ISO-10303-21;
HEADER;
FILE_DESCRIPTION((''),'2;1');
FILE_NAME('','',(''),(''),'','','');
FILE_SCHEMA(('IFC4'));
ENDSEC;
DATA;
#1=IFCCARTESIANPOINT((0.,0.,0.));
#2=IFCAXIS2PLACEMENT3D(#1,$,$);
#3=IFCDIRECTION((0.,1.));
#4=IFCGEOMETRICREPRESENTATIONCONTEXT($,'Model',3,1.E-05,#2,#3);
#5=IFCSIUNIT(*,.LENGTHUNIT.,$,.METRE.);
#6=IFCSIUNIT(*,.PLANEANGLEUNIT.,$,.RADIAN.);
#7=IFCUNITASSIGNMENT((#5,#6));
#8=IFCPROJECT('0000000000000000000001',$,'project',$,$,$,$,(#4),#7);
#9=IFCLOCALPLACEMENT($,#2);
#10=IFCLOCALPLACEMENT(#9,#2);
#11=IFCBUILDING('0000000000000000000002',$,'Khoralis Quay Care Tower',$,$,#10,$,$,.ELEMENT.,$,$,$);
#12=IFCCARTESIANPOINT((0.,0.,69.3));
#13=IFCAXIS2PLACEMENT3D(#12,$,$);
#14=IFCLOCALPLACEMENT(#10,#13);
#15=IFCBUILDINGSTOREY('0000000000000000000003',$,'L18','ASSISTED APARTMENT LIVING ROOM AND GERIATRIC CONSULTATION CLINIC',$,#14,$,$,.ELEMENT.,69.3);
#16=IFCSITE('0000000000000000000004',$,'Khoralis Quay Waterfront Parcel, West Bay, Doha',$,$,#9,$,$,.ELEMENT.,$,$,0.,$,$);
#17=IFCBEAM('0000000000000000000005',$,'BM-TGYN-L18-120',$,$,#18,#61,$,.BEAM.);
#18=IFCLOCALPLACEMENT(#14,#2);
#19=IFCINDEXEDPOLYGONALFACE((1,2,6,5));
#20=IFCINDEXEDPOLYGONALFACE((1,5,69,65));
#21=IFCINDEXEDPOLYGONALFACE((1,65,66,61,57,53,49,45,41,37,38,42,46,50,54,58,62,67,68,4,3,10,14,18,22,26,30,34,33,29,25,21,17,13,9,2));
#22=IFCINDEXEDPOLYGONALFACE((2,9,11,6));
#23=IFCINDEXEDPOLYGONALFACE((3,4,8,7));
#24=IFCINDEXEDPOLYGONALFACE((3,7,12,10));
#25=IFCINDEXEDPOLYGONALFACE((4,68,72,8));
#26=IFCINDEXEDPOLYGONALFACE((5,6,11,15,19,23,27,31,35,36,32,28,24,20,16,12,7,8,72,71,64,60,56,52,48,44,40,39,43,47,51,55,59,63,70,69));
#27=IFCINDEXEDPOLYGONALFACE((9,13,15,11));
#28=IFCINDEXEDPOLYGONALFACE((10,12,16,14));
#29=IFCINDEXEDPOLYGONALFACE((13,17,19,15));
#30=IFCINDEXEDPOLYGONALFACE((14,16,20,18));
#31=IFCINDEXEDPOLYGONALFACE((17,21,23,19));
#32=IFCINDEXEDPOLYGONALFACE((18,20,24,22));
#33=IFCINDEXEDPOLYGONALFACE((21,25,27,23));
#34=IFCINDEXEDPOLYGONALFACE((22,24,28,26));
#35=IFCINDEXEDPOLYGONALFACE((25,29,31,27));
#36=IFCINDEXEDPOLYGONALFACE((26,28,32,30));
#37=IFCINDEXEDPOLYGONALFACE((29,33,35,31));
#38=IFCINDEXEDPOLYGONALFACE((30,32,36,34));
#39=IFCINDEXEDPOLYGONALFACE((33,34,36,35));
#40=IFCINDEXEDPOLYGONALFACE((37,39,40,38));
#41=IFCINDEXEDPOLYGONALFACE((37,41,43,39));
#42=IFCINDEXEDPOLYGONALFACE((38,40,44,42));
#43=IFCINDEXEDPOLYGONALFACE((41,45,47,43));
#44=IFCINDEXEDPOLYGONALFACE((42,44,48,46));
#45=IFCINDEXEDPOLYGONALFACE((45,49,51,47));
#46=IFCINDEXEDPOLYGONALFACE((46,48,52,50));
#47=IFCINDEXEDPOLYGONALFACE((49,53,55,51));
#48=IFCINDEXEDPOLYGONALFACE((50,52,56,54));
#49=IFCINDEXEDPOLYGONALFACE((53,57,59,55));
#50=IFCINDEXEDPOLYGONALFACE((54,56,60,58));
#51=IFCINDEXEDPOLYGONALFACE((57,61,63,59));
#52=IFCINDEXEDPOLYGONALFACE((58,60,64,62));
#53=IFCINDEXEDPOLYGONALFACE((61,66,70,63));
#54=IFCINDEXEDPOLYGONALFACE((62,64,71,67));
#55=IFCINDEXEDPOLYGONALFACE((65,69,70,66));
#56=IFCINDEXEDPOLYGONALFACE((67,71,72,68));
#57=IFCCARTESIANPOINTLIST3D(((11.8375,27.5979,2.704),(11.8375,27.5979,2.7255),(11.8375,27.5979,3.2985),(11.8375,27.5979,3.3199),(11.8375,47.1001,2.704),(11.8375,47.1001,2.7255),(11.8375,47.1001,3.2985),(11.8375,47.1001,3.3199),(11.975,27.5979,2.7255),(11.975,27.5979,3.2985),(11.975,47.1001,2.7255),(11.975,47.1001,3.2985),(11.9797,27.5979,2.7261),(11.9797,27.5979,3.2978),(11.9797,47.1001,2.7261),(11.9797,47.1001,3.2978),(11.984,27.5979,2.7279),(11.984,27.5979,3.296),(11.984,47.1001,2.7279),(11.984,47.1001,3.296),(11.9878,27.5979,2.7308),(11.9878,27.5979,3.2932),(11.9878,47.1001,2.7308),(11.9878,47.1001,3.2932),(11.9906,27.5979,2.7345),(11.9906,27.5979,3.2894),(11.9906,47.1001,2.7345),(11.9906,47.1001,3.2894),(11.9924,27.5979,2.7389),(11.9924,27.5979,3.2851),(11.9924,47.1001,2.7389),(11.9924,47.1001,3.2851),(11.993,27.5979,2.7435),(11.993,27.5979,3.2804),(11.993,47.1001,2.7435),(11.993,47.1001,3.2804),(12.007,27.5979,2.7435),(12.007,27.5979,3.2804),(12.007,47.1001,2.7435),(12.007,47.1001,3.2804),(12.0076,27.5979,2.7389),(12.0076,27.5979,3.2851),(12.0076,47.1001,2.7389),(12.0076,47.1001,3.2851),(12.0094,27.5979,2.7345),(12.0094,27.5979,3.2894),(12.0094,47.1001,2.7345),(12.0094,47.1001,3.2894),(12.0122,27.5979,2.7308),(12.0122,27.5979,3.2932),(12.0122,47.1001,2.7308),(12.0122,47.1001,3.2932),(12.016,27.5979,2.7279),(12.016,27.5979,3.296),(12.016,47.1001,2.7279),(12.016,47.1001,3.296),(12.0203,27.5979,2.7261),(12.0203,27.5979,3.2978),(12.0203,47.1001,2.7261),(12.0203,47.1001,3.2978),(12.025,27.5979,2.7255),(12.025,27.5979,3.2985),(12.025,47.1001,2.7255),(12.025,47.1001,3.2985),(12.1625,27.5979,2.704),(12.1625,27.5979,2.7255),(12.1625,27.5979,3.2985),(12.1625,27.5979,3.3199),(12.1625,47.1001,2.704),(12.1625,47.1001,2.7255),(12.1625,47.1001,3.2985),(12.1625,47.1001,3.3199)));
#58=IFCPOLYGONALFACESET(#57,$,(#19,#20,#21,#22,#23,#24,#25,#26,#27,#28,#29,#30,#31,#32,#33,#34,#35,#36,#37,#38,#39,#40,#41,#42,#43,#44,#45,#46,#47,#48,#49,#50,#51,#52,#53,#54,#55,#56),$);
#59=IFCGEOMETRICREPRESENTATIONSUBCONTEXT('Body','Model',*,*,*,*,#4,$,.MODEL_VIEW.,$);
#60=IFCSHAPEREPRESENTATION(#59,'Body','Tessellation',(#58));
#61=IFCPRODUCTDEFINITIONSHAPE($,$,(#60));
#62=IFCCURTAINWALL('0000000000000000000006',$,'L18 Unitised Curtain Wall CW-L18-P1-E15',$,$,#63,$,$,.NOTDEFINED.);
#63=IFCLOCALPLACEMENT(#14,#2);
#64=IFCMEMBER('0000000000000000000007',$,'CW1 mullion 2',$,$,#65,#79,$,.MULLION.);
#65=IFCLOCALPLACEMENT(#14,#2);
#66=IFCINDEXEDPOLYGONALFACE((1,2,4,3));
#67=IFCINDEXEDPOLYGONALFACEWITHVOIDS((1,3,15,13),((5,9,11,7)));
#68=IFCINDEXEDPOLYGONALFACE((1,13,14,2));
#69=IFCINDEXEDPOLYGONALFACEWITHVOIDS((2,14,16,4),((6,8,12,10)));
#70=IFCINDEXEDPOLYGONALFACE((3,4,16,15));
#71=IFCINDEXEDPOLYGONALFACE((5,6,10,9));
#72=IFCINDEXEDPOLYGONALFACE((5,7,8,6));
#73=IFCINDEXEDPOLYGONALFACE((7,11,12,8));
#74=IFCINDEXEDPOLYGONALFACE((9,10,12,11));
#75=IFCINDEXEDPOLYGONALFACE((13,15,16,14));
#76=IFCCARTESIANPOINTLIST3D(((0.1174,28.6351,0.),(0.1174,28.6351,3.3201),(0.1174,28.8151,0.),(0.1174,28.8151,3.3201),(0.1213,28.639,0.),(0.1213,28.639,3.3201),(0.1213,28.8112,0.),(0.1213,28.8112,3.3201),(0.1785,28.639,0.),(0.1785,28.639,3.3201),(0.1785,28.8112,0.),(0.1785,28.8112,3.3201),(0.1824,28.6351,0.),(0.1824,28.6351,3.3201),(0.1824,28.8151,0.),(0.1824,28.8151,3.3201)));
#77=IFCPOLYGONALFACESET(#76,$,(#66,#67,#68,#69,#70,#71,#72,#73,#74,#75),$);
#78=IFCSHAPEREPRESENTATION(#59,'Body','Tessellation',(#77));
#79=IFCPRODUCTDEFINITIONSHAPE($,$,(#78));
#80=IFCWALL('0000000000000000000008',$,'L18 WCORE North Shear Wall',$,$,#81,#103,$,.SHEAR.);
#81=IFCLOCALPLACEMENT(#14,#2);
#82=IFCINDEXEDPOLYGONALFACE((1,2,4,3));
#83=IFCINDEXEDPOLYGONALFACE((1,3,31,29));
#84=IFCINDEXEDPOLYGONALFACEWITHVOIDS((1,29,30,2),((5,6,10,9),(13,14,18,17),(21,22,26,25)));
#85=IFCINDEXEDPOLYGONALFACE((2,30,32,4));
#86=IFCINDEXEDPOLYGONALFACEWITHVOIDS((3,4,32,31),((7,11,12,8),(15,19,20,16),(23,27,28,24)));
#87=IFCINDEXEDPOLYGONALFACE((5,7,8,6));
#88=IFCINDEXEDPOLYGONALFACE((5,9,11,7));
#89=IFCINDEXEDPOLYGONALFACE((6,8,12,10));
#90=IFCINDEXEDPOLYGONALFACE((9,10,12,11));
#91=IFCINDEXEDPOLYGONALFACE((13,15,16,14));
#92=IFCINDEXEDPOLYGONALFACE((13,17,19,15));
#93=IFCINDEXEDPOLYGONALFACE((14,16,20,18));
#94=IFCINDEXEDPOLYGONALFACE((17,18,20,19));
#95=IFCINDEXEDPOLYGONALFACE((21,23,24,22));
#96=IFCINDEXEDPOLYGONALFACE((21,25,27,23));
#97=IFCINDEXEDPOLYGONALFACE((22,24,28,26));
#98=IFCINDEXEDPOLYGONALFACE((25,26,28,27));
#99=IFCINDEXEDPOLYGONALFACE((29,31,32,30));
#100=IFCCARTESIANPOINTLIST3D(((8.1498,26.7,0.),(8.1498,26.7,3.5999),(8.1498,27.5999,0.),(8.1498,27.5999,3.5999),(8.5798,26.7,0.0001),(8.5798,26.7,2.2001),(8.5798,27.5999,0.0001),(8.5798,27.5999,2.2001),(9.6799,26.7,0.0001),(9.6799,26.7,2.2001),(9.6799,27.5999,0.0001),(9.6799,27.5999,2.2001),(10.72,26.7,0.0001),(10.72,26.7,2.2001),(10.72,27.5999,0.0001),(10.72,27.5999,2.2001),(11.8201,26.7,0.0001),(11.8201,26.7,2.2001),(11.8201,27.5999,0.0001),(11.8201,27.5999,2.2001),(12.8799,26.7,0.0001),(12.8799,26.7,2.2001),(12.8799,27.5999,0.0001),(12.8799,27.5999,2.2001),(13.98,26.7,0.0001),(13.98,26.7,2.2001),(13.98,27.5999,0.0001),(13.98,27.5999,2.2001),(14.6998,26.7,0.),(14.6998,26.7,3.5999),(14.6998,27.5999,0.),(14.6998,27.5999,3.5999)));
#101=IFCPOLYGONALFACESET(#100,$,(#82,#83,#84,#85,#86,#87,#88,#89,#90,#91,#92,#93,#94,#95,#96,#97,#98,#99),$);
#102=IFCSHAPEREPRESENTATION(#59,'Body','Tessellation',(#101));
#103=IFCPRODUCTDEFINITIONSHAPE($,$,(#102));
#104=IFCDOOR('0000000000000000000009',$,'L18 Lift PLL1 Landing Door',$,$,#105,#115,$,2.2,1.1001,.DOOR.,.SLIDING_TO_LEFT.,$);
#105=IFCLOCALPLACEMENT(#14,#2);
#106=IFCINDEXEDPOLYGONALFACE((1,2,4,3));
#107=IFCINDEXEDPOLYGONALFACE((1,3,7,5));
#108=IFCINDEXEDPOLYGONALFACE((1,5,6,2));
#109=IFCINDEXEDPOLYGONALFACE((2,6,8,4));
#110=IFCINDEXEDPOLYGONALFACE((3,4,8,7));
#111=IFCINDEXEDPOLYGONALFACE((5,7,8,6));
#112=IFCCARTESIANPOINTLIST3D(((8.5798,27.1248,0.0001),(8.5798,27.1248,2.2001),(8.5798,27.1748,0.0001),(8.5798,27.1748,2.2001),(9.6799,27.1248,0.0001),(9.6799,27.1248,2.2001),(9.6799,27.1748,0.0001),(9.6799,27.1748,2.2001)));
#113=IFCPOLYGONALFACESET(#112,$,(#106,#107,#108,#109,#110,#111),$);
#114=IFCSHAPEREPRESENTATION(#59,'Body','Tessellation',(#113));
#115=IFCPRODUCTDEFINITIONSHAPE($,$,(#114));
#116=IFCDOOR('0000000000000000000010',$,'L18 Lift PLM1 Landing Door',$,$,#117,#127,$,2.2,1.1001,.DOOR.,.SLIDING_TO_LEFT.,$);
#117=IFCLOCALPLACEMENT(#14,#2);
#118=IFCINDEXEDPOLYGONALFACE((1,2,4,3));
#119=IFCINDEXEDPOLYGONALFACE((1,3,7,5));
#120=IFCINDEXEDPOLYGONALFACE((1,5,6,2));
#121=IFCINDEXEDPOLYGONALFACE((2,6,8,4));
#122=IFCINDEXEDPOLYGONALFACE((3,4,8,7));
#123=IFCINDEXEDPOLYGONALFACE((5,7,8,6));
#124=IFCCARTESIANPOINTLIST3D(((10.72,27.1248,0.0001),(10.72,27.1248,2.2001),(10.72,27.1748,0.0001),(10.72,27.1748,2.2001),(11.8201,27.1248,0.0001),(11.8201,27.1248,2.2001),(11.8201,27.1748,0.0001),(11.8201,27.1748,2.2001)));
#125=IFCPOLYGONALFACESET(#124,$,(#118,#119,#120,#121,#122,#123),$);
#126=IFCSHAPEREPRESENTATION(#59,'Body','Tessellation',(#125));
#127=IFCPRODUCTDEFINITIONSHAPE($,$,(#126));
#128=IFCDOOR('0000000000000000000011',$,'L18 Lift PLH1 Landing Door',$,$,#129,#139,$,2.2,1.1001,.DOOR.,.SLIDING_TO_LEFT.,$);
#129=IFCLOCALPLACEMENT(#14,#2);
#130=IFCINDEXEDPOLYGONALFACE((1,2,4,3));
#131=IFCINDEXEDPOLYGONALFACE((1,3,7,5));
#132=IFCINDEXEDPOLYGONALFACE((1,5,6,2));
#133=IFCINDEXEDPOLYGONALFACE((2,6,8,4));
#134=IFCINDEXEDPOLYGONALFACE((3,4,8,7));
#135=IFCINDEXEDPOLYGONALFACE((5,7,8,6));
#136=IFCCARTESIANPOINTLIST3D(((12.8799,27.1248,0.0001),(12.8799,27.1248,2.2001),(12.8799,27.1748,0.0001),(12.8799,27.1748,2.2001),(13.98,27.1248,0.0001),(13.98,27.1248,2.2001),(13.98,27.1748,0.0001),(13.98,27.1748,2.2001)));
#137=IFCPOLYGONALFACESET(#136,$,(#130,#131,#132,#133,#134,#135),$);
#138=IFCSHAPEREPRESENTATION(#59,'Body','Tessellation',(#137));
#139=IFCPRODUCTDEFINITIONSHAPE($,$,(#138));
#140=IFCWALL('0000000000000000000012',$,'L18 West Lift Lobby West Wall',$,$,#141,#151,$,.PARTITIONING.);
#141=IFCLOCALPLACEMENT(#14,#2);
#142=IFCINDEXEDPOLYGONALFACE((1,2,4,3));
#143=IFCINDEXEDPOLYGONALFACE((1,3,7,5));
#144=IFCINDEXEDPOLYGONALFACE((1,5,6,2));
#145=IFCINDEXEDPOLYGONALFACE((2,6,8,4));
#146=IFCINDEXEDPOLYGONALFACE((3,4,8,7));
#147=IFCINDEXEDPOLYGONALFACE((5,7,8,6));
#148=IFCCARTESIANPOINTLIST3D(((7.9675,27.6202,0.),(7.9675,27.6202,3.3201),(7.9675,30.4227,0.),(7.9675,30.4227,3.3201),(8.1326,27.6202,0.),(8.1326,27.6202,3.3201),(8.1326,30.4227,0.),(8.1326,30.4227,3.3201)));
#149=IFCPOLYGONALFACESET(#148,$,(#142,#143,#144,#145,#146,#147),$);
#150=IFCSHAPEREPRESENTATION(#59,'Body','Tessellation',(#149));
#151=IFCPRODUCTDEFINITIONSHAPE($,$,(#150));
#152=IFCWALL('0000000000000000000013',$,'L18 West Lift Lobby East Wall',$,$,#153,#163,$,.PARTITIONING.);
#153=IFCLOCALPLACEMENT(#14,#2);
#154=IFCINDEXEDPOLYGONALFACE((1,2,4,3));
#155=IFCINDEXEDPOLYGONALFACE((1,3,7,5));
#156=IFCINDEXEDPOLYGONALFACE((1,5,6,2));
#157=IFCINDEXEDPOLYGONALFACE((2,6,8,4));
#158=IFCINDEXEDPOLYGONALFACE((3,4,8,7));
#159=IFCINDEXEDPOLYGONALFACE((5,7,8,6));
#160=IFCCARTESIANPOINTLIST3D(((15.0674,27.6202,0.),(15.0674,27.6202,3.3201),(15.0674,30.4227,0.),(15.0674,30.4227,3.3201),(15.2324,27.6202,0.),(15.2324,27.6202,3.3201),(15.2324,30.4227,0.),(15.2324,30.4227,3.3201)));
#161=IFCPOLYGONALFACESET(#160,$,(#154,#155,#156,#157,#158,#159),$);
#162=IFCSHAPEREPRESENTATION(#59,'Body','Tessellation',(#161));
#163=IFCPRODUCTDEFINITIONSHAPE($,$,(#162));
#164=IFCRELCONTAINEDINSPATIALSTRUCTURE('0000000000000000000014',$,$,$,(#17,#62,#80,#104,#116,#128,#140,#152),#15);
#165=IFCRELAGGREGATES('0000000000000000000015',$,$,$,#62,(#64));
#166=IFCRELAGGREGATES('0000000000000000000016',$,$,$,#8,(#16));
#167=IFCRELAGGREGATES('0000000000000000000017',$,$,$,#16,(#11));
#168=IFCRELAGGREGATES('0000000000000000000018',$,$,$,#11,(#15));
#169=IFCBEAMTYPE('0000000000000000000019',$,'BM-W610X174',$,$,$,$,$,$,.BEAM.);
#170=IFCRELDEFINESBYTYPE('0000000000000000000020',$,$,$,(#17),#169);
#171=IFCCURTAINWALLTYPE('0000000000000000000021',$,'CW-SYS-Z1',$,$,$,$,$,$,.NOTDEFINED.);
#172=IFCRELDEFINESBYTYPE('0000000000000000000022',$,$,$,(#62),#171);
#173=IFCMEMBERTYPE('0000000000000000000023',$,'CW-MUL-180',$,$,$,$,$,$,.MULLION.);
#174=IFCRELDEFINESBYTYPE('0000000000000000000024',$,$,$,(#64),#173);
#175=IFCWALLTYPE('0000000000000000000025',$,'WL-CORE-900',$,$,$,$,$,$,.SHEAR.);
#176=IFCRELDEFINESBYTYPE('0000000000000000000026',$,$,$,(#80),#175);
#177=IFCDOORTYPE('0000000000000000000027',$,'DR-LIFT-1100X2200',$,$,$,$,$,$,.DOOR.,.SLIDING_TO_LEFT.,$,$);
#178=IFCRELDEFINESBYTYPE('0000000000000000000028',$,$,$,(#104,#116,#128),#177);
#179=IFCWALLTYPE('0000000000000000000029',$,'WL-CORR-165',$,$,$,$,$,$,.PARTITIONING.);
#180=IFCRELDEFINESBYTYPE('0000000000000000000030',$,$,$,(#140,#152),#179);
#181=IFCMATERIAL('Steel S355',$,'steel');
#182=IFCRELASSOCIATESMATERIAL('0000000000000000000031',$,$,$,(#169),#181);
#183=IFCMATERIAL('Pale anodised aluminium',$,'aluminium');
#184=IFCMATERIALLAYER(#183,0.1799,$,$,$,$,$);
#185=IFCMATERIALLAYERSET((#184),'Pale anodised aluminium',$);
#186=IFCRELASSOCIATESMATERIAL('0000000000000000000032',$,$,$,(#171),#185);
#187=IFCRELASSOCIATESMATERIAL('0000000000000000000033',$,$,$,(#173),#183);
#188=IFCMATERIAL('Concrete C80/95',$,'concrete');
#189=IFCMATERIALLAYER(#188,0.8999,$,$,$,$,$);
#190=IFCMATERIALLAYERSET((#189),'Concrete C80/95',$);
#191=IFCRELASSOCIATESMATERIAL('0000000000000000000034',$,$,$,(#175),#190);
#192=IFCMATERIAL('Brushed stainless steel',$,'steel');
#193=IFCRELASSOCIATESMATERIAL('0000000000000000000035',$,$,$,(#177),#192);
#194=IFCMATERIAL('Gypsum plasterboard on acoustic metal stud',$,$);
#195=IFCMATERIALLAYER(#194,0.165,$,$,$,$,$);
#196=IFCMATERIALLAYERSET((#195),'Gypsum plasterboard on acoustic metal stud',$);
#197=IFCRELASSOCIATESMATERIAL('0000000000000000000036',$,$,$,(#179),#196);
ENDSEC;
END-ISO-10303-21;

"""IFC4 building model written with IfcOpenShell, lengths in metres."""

from ifc_helpers import new_model, si_unit, direction, frame, frame_2d, origin, origin_2d, place, context, subcontext, project, spatial, rectangle, hollow_rectangle, i_section, extrude, source, transform, mapped, material, layer, layer_set, material_profile, profile_set, type_object, element, fill, aggregate, save


model = new_model("IFC4")

# Units and contexts
model_context = context("Model", 3, precision=1e-05, world=origin(), true_north=direction((0.0, 1.0)))
body_context = subcontext(model_context, "Body", "Model", "MODEL_VIEW")
ifc_project = project(units=[si_unit("LENGTHUNIT", "METRE"), si_unit("PLANEANGLEUNIT", "RADIAN")], contexts=[model_context])

# Site, building, storey
site_placement = place(None, origin())
site = spatial("IfcSite", under=ifc_project, at=site_placement, Name="Khoralis Quay Waterfront Parcel, West Bay, Doha", CompositionType="ELEMENT", RefElevation=0.0)
building_placement = place(site_placement, origin())
building = spatial("IfcBuilding", under=site, at=building_placement, Name="Khoralis Quay Care Tower", CompositionType="ELEMENT")
storey_placement = place(building_placement, frame((0.0, 0.0, 69.3)))
storey = spatial("IfcBuildingStorey", under=building, at=storey_placement, Name="L18", Description="ASSISTED APARTMENT LIVING ROOM AND GERIATRIC CONSULTATION CLINIC", CompositionType="ELEMENT", Elevation=69.3)

# Shared definitions
ifc_material_1 = material(Name="Concrete C80/95", Category="concrete")

# Beam
ifc_material_2 = material(Name="Steel S355", Category="steel")
ifc_material_profile_1 = material_profile(ifc_material_2, i_section(OverallWidth=0.325, OverallDepth=0.616, WebThickness=0.0139, FlangeThickness=0.0215, FilletRadius=0.0181, at=origin_2d()), Name="Steel S355")
ifc_profile_set_1 = profile_set([ifc_material_profile_1], Name="Steel S355")
beam_type_1 = type_object("IfcBeamType", Name="BM-W610X174", PredefinedType="BEAM", material=ifc_profile_set_1)
shared_shape_1 = source(origin(), body_context, "Body", "SweptSolid", [
    extrude(i_section(OverallWidth=0.325, OverallDepth=0.616, WebThickness=0.0139, FlangeThickness=0.0215, FilletRadius=0.0181, at=origin_2d()), origin(), (0.0, 0.0, 1.0), 19.5022),
])
beam_1_placement = place(storey_placement, frame((12.0, 27.5979, 3.012), z_axis=(0.0, 1.0, 0.0), x_axis=(-1.0, 0.0, 0.0)))
element("IfcBeam", 1, at=beam_1_placement, inside=storey, type_object=beam_type_1, Name="BM-TGYN-L18-120", PredefinedType="BEAM", context=body_context, shape_type="MappedRepresentation", body=[
    mapped(shared_shape_1, transform((0.0, 0.0, 0.0), scale=1.0)),
])

# Curtain wall, member
ifc_material_3 = material(Name="Pale anodised aluminium", Category="aluminium")
ifc_layer_1 = layer(ifc_material_3, 0.1799)
ifc_layer_set_1 = layer_set([ifc_layer_1], Name="Pale anodised aluminium")
curtain_wall_type = type_object("IfcCurtainWallType", Name="CW-SYS-Z1", PredefinedType="NOTDEFINED", material=ifc_layer_set_1)
curtain_wall_placement = place(storey_placement, origin())
curtain_wall = element("IfcCurtainWall", 2, at=curtain_wall_placement, inside=storey, type_object=curtain_wall_type, Name="L18 Unitised Curtain Wall CW-L18-P1-E15", PredefinedType="NOTDEFINED")
ifc_material_profile_2 = material_profile(ifc_material_3, hollow_rectangle(XDim=0.0649, YDim=0.1799, WallThickness=0.0039, at=origin_2d()), Name="Pale anodised aluminium")
ifc_profile_set_2 = profile_set([ifc_material_profile_2], Name="Pale anodised aluminium")
member_type = type_object("IfcMemberType", Name="CW-MUL-180", PredefinedType="MULLION", material=ifc_profile_set_2)
shared_shape_2 = source(origin(), body_context, "Body", "SweptSolid", [
    extrude(hollow_rectangle(XDim=0.0649, YDim=0.1799, WallThickness=0.0039, at=origin_2d()), origin(), (0.0, 0.0, 1.0), 3.3201),
])
member_placement = place(storey_placement, frame((0.1499, 28.7251, 0.0), z_axis=(0.0, 0.0, 1.0), x_axis=(1.0, 0.0, 0.0)))
member = element("IfcMember", 3, at=member_placement, type_object=member_type, Name="CW1 mullion 2", PredefinedType="MULLION", context=body_context, shape_type="MappedRepresentation", body=[
    mapped(shared_shape_2, transform((0.0, 0.0, 0.0), scale=1.0)),
])
aggregate(curtain_wall, [member])

# Wall, openings, doors
ifc_layer_2 = layer(ifc_material_1, 0.8999)
ifc_layer_set_2 = layer_set([ifc_layer_2], Name="Concrete C80/95")
wall_type_1 = type_object("IfcWallType", Name="WL-CORE-900", PredefinedType="SHEAR", material=ifc_layer_set_2)
wall_1_placement = place(storey_placement, frame((8.1499, 27.1499, 0.0), z_axis=(0.0, 0.0, 1.0), x_axis=(1.0, 0.0, 0.0)))
wall_1 = element("IfcWall", 4, at=wall_1_placement, inside=storey, type_object=wall_type_1, Name="L18 WCORE North Shear Wall", PredefinedType="SHEAR", context=body_context, shape_type="SweptSolid", body=[
    extrude(rectangle(XDim=6.55, YDim=0.8999, at=frame_2d((3.2749, 0.0))), origin(), (0.0, 0.0, 1.0), 3.5999),
])
opening_1_placement = place(wall_1_placement, frame((0.4299, 0.0, 0.0)))
opening_1 = element("IfcOpeningElement", 5, at=opening_1_placement, cuts=wall_1, PredefinedType="OPENING", context=body_context, shape_type="SweptSolid", body=[
    extrude(rectangle(XDim=1.1001, YDim=2.2, at=frame_2d((0.55, 1.1001))), frame((0.0, 0.46, 0.0), z_axis=(0.0, -1.0, 0.0), x_axis=(1.0, 0.0, 0.0)), (0.0, 0.0, 1.0), 0.9199),
])
opening_2_placement = place(wall_1_placement, frame((2.5701, 0.0, 0.0)))
opening_2 = element("IfcOpeningElement", 6, at=opening_2_placement, cuts=wall_1, PredefinedType="OPENING", context=body_context, shape_type="SweptSolid", body=[
    extrude(rectangle(XDim=1.1001, YDim=2.2, at=frame_2d((0.55, 1.1001))), frame((0.0, 0.46, 0.0), z_axis=(0.0, -1.0, 0.0), x_axis=(1.0, 0.0, 0.0)), (0.0, 0.0, 1.0), 0.9199),
])
opening_3_placement = place(wall_1_placement, frame((4.73, 0.0, 0.0)))
opening_3 = element("IfcOpeningElement", 7, at=opening_3_placement, cuts=wall_1, PredefinedType="OPENING", context=body_context, shape_type="SweptSolid", body=[
    extrude(rectangle(XDim=1.1001, YDim=2.2, at=frame_2d((0.55, 1.1001))), frame((0.0, 0.46, 0.0), z_axis=(0.0, -1.0, 0.0), x_axis=(1.0, 0.0, 0.0)), (0.0, 0.0, 1.0), 0.9199),
])
ifc_material_4 = material(Name="Brushed stainless steel", Category="steel")
door_type_1 = type_object("IfcDoorType", Name="DR-LIFT-1100X2200", OperationType="SLIDING_TO_LEFT", PredefinedType="DOOR", material=ifc_material_4)
shared_shape_3 = source(origin(), body_context, "Body", "SweptSolid", [
    extrude(rectangle(XDim=1.1001, YDim=2.2, at=frame_2d((0.55, 1.1001))), frame((0.0, 0.0249, 0.0), z_axis=(0.0, -1.0, 0.0), x_axis=(1.0, 0.0, 0.0)), (0.0, 0.0, 1.0), 0.05),
])
door_1_placement = place(opening_1_placement, origin())
door_1 = element("IfcDoor", 8, at=door_1_placement, inside=storey, type_object=door_type_1, Name="L18 Lift PLL1 Landing Door", OperationType="SLIDING_TO_LEFT", OverallHeight=2.2, OverallWidth=1.1001, PredefinedType="DOOR", context=body_context, shape_type="MappedRepresentation", body=[
    mapped(shared_shape_3, transform((0.0, 0.0, 0.0), scale=1.0)),
])
fill(opening_1, door_1)
door_2_placement = place(opening_2_placement, origin())
door_2 = element("IfcDoor", 9, at=door_2_placement, inside=storey, type_object=door_type_1, Name="L18 Lift PLM1 Landing Door", OperationType="SLIDING_TO_LEFT", OverallHeight=2.2, OverallWidth=1.1001, PredefinedType="DOOR", context=body_context, shape_type="MappedRepresentation", body=[
    mapped(shared_shape_3, transform((0.0, 0.0, 0.0), scale=1.0)),
])
fill(opening_2, door_2)
door_3_placement = place(opening_3_placement, origin())
door_3 = element("IfcDoor", 10, at=door_3_placement, inside=storey, type_object=door_type_1, Name="L18 Lift PLH1 Landing Door", OperationType="SLIDING_TO_LEFT", OverallHeight=2.2, OverallWidth=1.1001, PredefinedType="DOOR", context=body_context, shape_type="MappedRepresentation", body=[
    mapped(shared_shape_3, transform((0.0, 0.0, 0.0), scale=1.0)),
])
fill(opening_3, door_3)

# Walls
ifc_material_5 = material(Name="Gypsum plasterboard on acoustic metal stud")
ifc_layer_3 = layer(ifc_material_5, 0.165)
ifc_layer_set_3 = layer_set([ifc_layer_3], Name="Gypsum plasterboard on acoustic metal stud")
wall_type_2 = type_object("IfcWallType", Name="WL-CORR-165", PredefinedType="PARTITIONING", material=ifc_layer_set_3)
for number, where, z_axis, x_axis, name in (
    (11, (8.05, 27.6201, 0.0), (0.0, 0.0, 1.0), (0.0, 1.0, 0.0), "L18 West Lift Lobby West Wall"),
    (12, (15.1499, 27.6201, 0.0), (0.0, 0.0, 1.0), (0.0, 1.0, 0.0), "L18 West Lift Lobby East Wall"),
):
    element("IfcWall", number, at=place(storey_placement, frame(where, z_axis=z_axis, x_axis=x_axis)), inside=storey, type_object=wall_type_2, Name=name, PredefinedType="PARTITIONING", context=body_context, shape_type="SweptSolid", body=[
        extrude(rectangle(XDim=2.8025, YDim=0.165, at=frame_2d((1.4014, 0.0))), origin(), (0.0, 0.0, 1.0), 3.3201),
    ])

save(model, "model.ifc")
